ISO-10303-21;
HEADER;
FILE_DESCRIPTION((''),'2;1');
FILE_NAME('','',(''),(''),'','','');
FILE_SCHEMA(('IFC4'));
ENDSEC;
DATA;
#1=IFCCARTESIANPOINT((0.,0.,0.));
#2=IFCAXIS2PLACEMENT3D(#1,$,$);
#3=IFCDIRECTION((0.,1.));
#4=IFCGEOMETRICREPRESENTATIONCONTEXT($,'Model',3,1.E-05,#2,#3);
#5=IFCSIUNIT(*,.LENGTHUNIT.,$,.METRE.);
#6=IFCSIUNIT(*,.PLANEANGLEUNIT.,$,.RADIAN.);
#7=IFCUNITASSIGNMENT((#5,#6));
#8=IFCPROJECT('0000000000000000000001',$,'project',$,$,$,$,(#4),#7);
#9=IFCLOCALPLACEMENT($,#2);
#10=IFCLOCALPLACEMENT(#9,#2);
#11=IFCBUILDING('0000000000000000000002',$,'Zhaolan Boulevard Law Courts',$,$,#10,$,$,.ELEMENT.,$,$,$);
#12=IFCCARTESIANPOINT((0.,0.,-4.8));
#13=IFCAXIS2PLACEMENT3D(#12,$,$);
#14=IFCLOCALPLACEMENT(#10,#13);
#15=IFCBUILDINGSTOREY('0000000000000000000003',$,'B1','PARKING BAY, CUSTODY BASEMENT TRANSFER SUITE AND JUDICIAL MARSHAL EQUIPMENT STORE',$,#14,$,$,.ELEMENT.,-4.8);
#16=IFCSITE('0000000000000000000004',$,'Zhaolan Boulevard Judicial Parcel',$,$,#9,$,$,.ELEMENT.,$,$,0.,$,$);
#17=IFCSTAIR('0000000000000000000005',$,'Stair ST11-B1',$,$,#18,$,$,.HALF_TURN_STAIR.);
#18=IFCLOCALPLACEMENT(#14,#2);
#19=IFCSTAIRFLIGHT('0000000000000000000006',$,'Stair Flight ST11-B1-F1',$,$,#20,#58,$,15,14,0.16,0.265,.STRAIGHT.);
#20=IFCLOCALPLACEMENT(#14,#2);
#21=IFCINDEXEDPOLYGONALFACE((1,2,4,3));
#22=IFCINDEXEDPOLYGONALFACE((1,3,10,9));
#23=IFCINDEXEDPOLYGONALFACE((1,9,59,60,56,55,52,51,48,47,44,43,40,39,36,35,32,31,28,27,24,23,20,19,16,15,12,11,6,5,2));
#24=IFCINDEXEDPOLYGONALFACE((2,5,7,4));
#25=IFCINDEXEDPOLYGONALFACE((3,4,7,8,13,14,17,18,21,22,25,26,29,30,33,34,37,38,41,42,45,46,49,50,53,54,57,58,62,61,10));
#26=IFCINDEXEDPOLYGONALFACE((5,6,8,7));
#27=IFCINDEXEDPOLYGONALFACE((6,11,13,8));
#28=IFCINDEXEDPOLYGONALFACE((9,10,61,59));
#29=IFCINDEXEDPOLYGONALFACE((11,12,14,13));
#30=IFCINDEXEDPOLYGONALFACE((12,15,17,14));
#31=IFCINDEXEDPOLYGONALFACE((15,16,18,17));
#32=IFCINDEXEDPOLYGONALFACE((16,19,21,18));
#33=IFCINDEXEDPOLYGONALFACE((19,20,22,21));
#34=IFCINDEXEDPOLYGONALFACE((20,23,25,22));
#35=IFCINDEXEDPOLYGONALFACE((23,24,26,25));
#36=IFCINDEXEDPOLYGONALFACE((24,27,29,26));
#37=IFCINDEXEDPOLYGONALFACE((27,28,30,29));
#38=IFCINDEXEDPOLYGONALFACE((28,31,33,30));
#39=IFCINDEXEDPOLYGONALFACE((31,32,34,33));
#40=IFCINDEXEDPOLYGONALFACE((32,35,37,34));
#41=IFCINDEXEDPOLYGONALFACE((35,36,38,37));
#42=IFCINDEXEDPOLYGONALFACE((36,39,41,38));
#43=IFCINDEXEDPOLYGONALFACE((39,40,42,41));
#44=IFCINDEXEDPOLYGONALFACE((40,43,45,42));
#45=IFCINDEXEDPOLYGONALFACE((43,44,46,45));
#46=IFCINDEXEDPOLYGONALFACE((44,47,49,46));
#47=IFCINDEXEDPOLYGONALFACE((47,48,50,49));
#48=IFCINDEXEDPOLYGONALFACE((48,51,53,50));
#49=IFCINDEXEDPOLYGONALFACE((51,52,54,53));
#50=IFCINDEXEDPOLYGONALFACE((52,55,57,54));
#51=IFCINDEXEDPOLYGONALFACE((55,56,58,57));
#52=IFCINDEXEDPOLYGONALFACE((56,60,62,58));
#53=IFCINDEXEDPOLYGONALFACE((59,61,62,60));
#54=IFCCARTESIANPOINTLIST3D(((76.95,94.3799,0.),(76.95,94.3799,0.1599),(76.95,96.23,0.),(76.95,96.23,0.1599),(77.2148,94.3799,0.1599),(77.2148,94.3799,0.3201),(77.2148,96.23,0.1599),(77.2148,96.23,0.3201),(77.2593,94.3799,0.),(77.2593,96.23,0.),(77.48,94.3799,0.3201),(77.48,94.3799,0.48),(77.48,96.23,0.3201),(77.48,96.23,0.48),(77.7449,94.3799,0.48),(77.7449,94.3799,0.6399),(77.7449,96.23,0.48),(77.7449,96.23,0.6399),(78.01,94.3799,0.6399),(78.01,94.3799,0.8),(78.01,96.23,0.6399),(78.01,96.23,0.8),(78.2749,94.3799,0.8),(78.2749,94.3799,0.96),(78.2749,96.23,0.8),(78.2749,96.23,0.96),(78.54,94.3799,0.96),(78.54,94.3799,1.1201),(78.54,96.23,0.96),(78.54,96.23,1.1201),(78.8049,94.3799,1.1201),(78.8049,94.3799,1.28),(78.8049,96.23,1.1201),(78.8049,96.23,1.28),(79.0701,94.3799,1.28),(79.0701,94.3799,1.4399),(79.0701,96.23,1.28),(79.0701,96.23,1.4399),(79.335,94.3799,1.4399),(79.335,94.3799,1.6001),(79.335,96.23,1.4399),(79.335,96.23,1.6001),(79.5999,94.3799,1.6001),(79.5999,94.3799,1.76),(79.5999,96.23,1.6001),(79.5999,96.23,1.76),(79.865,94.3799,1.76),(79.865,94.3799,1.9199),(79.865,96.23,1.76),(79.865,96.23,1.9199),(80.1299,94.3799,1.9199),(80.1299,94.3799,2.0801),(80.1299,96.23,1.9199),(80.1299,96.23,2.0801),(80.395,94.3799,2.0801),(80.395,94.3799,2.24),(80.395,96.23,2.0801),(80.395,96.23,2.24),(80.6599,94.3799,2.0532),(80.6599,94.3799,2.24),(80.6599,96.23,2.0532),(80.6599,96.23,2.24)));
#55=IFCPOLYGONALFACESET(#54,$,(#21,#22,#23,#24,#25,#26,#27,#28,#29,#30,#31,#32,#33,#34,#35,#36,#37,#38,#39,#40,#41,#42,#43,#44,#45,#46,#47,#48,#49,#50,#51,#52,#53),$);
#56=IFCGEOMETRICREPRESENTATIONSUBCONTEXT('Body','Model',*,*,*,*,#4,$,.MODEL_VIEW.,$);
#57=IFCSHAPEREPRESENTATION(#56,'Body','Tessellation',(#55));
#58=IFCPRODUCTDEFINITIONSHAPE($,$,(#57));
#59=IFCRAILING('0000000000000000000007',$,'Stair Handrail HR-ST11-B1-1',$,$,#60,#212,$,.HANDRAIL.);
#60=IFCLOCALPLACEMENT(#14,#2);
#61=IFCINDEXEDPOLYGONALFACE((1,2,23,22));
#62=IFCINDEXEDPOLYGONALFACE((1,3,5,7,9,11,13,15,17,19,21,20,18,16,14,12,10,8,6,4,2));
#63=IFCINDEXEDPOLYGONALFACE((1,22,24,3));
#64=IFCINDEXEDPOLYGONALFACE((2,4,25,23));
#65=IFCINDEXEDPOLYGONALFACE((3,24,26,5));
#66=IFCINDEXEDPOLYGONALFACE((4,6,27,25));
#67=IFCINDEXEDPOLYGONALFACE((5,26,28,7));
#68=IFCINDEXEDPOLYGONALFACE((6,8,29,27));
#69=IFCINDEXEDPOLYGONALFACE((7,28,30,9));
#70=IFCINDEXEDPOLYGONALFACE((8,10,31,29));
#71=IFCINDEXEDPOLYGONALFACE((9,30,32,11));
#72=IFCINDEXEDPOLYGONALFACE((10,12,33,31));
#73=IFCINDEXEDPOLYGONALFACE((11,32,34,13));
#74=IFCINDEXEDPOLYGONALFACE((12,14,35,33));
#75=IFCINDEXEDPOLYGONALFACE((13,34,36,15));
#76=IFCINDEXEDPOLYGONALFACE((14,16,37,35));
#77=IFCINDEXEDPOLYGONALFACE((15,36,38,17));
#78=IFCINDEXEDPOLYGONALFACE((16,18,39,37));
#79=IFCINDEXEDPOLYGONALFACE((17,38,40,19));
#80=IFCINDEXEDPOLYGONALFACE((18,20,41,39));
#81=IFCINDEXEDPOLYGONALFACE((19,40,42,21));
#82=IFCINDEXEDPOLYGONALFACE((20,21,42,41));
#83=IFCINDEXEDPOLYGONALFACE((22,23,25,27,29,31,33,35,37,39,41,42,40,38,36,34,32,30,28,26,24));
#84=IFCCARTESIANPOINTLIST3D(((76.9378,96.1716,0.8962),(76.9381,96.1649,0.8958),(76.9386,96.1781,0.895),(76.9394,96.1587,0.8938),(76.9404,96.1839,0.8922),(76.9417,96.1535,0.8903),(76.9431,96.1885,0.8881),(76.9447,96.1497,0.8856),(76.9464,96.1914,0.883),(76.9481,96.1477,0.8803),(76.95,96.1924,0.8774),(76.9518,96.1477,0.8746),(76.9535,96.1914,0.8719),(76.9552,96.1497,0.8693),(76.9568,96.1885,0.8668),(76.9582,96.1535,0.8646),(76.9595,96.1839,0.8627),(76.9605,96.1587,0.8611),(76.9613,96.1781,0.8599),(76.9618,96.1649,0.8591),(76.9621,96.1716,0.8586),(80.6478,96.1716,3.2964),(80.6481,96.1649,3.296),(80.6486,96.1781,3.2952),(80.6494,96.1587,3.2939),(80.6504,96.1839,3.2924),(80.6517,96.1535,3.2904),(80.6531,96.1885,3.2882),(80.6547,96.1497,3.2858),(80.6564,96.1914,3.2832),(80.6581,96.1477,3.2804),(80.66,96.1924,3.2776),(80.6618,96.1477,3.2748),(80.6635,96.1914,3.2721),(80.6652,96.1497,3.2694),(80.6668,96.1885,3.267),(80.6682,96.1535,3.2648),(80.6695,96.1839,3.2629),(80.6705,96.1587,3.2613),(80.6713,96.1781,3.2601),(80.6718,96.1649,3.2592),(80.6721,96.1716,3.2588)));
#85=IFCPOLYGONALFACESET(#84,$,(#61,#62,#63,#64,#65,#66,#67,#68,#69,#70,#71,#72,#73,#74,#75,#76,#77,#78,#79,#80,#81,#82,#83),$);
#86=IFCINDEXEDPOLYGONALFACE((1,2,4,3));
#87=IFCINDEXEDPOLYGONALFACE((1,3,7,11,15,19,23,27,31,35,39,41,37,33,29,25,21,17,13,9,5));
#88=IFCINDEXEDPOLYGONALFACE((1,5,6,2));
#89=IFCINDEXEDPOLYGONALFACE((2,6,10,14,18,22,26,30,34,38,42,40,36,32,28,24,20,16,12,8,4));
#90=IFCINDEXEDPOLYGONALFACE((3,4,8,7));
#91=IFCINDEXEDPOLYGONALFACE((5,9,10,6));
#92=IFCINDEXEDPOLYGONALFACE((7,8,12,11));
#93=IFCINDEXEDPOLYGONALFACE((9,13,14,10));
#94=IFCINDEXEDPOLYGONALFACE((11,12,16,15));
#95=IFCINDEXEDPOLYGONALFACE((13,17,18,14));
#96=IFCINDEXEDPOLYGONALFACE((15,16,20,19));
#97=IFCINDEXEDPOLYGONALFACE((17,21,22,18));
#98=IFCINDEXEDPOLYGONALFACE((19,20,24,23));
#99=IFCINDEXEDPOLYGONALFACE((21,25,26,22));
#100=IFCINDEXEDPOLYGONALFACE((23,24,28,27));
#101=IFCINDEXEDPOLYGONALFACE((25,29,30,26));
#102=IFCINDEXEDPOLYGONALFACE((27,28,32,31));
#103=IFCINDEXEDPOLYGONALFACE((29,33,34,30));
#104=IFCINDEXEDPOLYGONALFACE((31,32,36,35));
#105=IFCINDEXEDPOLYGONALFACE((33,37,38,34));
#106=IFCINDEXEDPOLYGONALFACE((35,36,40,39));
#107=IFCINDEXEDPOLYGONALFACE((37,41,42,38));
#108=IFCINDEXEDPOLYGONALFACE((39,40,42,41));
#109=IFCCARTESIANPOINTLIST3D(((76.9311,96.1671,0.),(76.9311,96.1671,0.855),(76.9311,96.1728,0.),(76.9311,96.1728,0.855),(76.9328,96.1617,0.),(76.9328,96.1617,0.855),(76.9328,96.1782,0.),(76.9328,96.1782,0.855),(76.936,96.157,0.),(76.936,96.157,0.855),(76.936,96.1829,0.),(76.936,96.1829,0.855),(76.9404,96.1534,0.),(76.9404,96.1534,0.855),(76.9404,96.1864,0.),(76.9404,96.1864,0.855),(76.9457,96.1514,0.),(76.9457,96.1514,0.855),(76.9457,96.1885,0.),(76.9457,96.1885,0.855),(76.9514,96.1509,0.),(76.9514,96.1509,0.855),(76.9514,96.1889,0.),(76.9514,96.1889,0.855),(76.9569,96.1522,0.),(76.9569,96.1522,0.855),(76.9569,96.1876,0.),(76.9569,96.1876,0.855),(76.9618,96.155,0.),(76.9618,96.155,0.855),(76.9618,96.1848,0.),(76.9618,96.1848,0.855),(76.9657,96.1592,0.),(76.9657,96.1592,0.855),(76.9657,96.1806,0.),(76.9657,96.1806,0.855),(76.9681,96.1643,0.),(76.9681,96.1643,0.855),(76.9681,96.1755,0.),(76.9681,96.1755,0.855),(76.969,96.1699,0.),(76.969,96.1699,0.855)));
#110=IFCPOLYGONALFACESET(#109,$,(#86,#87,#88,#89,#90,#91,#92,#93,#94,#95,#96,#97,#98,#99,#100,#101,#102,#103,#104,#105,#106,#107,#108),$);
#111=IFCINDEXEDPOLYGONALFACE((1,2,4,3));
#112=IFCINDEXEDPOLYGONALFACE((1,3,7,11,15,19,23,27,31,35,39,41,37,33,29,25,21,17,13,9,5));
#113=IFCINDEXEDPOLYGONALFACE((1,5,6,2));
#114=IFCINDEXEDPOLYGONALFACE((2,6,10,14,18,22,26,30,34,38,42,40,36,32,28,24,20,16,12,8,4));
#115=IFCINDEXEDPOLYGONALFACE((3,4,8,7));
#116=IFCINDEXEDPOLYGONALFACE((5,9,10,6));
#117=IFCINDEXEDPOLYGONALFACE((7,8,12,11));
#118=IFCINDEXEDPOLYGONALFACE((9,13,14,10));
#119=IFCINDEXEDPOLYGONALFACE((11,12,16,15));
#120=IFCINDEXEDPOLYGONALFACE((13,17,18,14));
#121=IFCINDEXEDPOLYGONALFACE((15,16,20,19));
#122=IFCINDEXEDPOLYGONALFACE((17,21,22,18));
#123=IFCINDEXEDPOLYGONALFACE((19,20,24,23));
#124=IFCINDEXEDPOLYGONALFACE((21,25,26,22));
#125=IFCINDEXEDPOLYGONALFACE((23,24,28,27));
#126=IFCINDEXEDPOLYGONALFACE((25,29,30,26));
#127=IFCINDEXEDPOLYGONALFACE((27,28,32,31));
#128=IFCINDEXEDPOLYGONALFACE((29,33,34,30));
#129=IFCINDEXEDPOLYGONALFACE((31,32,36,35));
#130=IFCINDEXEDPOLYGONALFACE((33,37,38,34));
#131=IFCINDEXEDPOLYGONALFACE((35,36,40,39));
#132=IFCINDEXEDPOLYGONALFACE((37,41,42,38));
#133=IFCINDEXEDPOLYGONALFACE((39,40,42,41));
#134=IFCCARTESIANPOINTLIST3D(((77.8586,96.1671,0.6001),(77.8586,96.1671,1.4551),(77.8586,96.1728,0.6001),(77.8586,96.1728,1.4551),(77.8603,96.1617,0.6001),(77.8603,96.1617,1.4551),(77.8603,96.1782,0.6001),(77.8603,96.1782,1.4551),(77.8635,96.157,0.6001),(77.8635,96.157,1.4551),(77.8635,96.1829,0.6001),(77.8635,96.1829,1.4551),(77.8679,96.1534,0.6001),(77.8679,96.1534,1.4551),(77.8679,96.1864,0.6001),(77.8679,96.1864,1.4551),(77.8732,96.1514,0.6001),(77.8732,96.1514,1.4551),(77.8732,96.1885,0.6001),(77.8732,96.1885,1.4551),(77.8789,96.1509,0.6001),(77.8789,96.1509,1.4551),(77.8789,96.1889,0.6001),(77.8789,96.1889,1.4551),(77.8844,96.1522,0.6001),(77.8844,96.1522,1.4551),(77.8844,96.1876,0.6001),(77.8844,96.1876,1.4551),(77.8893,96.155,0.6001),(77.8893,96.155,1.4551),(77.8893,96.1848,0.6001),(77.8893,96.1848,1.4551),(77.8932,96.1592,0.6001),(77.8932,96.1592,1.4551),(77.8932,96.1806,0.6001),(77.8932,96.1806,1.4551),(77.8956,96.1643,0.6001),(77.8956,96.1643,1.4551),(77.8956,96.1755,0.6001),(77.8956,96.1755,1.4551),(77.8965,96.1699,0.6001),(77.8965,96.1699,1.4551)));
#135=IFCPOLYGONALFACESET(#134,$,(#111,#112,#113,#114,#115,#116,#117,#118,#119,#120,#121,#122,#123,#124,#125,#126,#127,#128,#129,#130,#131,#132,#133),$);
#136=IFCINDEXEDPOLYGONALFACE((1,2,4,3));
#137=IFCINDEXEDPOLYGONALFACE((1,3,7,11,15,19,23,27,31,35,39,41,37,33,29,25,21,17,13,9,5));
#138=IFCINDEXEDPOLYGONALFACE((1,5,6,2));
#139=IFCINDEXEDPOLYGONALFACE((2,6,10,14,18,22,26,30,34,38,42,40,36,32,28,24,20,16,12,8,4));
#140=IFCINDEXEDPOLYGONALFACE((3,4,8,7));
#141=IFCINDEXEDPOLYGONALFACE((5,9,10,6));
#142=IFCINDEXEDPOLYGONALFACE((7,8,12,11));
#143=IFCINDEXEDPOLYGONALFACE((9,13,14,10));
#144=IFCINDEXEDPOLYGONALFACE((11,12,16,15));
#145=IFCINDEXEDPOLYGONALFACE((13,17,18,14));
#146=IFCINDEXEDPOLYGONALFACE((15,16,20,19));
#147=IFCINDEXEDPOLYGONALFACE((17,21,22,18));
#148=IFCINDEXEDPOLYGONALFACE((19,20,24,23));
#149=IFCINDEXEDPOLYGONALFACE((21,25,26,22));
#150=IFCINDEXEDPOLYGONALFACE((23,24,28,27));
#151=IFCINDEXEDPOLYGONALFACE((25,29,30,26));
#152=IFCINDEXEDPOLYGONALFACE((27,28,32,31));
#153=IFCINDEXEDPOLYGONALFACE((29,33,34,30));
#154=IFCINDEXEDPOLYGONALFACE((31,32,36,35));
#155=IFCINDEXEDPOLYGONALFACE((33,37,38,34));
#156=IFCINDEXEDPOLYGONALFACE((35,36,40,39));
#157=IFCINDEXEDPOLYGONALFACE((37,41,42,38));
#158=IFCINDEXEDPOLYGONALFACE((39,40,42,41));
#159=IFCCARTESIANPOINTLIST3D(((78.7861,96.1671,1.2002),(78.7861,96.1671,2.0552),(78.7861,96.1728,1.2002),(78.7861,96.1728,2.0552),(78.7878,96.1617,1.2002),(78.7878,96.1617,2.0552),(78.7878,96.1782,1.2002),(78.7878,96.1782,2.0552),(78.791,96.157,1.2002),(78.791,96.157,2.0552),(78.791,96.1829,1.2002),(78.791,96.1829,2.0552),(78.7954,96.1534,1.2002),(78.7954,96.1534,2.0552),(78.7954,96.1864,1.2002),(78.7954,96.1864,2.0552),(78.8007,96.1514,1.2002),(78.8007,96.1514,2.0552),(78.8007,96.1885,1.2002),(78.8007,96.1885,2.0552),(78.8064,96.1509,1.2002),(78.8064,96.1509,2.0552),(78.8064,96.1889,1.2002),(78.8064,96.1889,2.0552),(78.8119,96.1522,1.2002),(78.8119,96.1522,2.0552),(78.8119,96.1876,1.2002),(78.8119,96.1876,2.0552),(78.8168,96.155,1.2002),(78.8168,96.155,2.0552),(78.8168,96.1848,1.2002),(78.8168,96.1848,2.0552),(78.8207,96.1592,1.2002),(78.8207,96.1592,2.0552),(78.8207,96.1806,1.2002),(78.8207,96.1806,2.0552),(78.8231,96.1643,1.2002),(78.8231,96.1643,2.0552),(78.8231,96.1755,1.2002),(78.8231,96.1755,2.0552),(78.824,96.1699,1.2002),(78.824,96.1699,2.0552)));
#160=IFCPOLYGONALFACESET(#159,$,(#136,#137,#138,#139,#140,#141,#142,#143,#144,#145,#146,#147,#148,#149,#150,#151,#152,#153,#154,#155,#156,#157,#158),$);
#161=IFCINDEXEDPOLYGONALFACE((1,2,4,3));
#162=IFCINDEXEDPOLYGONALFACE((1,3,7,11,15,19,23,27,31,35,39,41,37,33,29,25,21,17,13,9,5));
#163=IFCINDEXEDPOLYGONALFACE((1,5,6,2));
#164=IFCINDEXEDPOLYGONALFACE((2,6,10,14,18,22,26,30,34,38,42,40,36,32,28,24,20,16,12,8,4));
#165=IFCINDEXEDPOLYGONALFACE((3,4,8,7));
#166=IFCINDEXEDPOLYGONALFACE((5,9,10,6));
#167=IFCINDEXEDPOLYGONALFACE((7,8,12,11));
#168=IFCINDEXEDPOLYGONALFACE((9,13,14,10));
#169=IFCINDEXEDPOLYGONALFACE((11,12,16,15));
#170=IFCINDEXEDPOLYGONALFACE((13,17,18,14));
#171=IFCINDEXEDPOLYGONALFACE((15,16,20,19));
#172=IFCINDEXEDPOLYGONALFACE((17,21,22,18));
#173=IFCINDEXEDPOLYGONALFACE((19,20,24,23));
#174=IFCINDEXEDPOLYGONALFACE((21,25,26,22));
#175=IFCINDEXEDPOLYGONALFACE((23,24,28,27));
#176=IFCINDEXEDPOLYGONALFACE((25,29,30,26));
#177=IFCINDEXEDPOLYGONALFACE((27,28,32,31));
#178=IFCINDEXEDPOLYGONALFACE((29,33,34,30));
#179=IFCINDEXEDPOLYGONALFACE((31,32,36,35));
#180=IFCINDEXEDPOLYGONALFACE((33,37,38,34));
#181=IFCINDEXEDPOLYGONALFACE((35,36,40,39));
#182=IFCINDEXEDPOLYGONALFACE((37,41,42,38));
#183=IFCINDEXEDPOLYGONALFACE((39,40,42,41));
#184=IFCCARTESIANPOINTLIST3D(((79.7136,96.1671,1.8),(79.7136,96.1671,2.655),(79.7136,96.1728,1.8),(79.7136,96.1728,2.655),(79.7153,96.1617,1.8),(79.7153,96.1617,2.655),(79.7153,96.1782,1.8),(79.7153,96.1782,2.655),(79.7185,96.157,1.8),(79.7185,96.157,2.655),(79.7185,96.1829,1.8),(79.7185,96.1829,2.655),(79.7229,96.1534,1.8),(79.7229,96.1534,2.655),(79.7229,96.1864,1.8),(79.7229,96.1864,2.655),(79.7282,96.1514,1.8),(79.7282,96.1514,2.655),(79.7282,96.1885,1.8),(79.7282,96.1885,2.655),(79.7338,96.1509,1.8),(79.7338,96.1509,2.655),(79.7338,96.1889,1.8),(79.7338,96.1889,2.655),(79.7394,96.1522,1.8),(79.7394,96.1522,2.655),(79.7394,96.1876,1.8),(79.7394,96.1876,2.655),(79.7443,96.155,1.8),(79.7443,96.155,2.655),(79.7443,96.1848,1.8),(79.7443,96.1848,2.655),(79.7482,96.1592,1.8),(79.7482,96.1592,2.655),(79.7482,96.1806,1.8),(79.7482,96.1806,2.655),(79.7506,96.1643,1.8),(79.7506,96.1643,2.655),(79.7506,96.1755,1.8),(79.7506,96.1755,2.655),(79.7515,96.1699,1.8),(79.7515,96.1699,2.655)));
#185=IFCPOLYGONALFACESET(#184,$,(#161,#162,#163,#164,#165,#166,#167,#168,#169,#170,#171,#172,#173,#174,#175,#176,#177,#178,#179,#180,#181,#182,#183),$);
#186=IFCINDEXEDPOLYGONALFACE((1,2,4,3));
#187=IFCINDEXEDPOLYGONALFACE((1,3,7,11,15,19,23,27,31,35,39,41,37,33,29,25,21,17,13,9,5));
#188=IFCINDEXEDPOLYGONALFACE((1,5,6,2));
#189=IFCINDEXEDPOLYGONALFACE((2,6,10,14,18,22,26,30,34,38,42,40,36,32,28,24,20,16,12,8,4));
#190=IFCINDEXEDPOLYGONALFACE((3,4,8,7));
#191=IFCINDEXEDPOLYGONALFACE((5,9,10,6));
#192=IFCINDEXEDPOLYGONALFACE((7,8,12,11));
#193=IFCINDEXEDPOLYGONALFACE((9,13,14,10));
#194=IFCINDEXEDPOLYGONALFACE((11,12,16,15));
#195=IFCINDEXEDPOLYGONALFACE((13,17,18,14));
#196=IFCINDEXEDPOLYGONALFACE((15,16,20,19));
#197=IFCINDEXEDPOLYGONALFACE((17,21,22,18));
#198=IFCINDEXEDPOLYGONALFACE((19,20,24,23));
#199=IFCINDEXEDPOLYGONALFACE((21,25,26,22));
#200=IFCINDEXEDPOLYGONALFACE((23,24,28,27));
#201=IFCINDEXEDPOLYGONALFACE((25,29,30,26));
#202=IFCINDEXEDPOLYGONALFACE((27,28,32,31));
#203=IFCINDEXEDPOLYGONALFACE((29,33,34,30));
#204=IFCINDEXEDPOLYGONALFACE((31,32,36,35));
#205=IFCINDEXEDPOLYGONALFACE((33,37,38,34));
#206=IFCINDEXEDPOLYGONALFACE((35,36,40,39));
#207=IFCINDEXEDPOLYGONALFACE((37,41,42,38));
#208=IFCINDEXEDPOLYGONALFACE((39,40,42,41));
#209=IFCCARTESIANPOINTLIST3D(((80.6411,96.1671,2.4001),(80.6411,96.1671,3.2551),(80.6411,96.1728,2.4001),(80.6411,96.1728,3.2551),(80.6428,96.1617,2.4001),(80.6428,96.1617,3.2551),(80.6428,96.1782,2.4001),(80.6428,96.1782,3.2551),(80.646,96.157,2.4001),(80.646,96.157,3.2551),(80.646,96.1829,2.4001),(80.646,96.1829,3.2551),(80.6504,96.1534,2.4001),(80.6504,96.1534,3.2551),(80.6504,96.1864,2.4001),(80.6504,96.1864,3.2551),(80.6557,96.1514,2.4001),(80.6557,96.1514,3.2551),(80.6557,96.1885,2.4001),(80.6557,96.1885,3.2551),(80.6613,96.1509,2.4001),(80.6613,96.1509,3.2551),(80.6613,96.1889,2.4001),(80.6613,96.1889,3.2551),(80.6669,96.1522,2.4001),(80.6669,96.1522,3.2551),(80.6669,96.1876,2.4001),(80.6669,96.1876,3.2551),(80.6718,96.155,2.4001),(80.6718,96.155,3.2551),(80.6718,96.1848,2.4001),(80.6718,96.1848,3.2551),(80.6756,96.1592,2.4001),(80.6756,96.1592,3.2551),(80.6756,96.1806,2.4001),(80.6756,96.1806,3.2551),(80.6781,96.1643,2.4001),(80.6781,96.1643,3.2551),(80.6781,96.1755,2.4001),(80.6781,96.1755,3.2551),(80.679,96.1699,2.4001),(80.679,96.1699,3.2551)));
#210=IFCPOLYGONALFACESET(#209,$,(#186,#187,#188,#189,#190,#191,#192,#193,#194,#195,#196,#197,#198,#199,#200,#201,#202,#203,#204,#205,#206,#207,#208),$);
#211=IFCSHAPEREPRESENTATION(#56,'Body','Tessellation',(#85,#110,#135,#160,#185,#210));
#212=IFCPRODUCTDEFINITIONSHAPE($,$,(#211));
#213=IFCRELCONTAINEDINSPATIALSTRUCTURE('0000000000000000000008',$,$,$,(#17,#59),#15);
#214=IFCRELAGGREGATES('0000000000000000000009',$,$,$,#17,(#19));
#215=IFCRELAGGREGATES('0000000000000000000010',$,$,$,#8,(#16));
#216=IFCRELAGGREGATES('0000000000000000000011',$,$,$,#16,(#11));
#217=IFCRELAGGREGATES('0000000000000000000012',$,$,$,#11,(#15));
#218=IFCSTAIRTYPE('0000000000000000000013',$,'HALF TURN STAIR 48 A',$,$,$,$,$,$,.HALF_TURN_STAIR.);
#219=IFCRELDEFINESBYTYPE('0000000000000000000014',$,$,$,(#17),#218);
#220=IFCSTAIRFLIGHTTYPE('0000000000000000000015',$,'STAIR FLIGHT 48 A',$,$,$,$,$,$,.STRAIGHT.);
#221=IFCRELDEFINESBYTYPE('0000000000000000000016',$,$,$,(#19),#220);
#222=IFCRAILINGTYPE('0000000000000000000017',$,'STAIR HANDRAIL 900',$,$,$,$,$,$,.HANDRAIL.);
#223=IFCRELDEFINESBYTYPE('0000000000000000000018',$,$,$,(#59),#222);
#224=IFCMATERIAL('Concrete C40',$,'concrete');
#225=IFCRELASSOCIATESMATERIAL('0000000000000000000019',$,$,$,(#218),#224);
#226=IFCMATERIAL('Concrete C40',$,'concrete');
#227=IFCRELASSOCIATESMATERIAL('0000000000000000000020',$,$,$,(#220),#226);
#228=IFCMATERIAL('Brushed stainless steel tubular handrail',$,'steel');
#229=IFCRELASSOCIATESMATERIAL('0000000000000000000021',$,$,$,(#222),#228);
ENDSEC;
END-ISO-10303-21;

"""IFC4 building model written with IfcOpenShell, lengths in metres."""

from ifc_helpers import new_model, si_unit, direction, frame, origin, origin_2d, place, context, subcontext, project, spatial, polyline, circle, outline, extrude, material, type_object, element, aggregate, save


model = new_model("IFC4")

# Units and contexts
model_context = context("Model", 3, precision=1e-05, world=origin(), true_north=direction((0.0, 1.0)))
body_context = subcontext(model_context, "Body", "Model", "MODEL_VIEW")
ifc_project = project(units=[si_unit("LENGTHUNIT", "METRE"), si_unit("PLANEANGLEUNIT", "RADIAN")], contexts=[model_context])

# Site, building, storey
site_placement = place(None, origin())
site = spatial("IfcSite", under=ifc_project, at=site_placement, Name="Zhaolan Boulevard Judicial Parcel", CompositionType="ELEMENT", RefElevation=0.0)
building_placement = place(site_placement, origin())
building = spatial("IfcBuilding", under=site, at=building_placement, Name="Zhaolan Boulevard Law Courts", CompositionType="ELEMENT")
storey_placement = place(building_placement, frame((0.0, 0.0, -4.8)))
storey = spatial("IfcBuildingStorey", under=building, at=storey_placement, Name="B1", Description="PARKING BAY, CUSTODY BASEMENT TRANSFER SUITE AND JUDICIAL MARSHAL EQUIPMENT STORE", CompositionType="ELEMENT", Elevation=-4.8)

# Stair, stair flight
ifc_material_1 = material(Name="Concrete C40", Category="concrete")
stair_type = type_object("IfcStairType", Name="HALF TURN STAIR 48 A", PredefinedType="HALF_TURN_STAIR", material=ifc_material_1)
stair_placement = place(storey_placement, origin())
stair = element("IfcStair", 1, at=stair_placement, inside=storey, type_object=stair_type, Name="Stair ST11-B1", PredefinedType="HALF_TURN_STAIR")
ifc_material_2 = material(Name="Concrete C40", Category="concrete")
stair_flight_type = type_object("IfcStairFlightType", Name="STAIR FLIGHT 48 A", PredefinedType="STRAIGHT", material=ifc_material_2)
stair_flight_placement = place(storey_placement, frame((76.95, 95.3049, 0.0), z_axis=(0.0, 0.0, 1.0), x_axis=(1.0, 0.0, 0.0)))
stair_flight = element("IfcStairFlight", 2, at=stair_flight_placement, type_object=stair_flight_type, Name="Stair Flight ST11-B1-F1", NumberOfRisers=15, NumberOfTreads=14, PredefinedType="STRAIGHT", RiserHeight=0.16, TreadLength=0.265, context=body_context, shape_type="SweptSolid", body=[
    extrude(outline(polyline([(0.0, 0.0), (0.0, 0.1599), (0.2649, 0.1599), (0.2649, 0.3201), (0.53, 0.3201), (0.53, 0.48), (0.7949, 0.48), (0.7949, 0.6399), (1.0601, 0.6399), (1.0601, 0.8), (1.325, 0.8), (1.325, 0.96), (1.5901, 0.96), (1.5901, 1.1201), (1.855, 1.1201), (1.855, 1.28), (2.1201, 1.28), (2.1201, 1.4399), (2.385, 1.4399), (2.385, 1.6001), (2.6499, 1.6001), (2.6499, 1.76), (2.915, 1.76), (2.915, 1.9199), (3.1799, 1.9199), (3.1799, 2.0801), (3.4451, 2.0801), (3.4451, 2.24), (3.71, 2.24), (3.71, 2.3999), (3.71, 2.0532), (0.3093, 0.0), (0.0, 0.0)])), frame((0.0, 0.925, 0.0), z_axis=(0.0, -1.0, 0.0), x_axis=(1.0, 0.0, 0.0)), (0.0, 0.0, 1.0), 1.8501),
])
aggregate(stair, [stair_flight])

# Railing
ifc_material_3 = material(Name="Brushed stainless steel tubular handrail", Category="steel")
railing_type = type_object("IfcRailingType", Name="STAIR HANDRAIL 900", PredefinedType="HANDRAIL", material=ifc_material_3)
railing_placement = place(storey_placement, frame((76.95, 96.1699, 0.0)))
element("IfcRailing", 3, at=railing_placement, inside=storey, type_object=railing_type, Name="Stair Handrail HR-ST11-B1-1", PredefinedType="HANDRAIL", context=body_context, shape_type="SweptSolid", body=[
    extrude(circle(Radius=0.0225, at=origin_2d()), frame((0.0, 0.0, 0.8774), z_axis=(0.839613, 0.0, 0.543185), x_axis=(0.0, 1.0, 0.0)), (0.0, 0.0, 1.0), 4.4187),
    extrude(circle(Radius=0.019, at=origin_2d()), origin(), (0.0, 0.0, 1.0), 0.855),
    extrude(circle(Radius=0.019, at=origin_2d()), frame((0.9275, 0.0, 0.6001)), (0.0, 0.0, 1.0), 0.855),
    extrude(circle(Radius=0.019, at=origin_2d()), frame((1.855, 0.0, 1.2002)), (0.0, 0.0, 1.0), 0.855),
    extrude(circle(Radius=0.019, at=origin_2d()), frame((2.7825, 0.0, 1.8)), (0.0, 0.0, 1.0), 0.855),
    extrude(circle(Radius=0.019, at=origin_2d()), frame((3.71, 0.0, 2.4001)), (0.0, 0.0, 1.0), 0.855),
])

save(model, "model.ifc")
